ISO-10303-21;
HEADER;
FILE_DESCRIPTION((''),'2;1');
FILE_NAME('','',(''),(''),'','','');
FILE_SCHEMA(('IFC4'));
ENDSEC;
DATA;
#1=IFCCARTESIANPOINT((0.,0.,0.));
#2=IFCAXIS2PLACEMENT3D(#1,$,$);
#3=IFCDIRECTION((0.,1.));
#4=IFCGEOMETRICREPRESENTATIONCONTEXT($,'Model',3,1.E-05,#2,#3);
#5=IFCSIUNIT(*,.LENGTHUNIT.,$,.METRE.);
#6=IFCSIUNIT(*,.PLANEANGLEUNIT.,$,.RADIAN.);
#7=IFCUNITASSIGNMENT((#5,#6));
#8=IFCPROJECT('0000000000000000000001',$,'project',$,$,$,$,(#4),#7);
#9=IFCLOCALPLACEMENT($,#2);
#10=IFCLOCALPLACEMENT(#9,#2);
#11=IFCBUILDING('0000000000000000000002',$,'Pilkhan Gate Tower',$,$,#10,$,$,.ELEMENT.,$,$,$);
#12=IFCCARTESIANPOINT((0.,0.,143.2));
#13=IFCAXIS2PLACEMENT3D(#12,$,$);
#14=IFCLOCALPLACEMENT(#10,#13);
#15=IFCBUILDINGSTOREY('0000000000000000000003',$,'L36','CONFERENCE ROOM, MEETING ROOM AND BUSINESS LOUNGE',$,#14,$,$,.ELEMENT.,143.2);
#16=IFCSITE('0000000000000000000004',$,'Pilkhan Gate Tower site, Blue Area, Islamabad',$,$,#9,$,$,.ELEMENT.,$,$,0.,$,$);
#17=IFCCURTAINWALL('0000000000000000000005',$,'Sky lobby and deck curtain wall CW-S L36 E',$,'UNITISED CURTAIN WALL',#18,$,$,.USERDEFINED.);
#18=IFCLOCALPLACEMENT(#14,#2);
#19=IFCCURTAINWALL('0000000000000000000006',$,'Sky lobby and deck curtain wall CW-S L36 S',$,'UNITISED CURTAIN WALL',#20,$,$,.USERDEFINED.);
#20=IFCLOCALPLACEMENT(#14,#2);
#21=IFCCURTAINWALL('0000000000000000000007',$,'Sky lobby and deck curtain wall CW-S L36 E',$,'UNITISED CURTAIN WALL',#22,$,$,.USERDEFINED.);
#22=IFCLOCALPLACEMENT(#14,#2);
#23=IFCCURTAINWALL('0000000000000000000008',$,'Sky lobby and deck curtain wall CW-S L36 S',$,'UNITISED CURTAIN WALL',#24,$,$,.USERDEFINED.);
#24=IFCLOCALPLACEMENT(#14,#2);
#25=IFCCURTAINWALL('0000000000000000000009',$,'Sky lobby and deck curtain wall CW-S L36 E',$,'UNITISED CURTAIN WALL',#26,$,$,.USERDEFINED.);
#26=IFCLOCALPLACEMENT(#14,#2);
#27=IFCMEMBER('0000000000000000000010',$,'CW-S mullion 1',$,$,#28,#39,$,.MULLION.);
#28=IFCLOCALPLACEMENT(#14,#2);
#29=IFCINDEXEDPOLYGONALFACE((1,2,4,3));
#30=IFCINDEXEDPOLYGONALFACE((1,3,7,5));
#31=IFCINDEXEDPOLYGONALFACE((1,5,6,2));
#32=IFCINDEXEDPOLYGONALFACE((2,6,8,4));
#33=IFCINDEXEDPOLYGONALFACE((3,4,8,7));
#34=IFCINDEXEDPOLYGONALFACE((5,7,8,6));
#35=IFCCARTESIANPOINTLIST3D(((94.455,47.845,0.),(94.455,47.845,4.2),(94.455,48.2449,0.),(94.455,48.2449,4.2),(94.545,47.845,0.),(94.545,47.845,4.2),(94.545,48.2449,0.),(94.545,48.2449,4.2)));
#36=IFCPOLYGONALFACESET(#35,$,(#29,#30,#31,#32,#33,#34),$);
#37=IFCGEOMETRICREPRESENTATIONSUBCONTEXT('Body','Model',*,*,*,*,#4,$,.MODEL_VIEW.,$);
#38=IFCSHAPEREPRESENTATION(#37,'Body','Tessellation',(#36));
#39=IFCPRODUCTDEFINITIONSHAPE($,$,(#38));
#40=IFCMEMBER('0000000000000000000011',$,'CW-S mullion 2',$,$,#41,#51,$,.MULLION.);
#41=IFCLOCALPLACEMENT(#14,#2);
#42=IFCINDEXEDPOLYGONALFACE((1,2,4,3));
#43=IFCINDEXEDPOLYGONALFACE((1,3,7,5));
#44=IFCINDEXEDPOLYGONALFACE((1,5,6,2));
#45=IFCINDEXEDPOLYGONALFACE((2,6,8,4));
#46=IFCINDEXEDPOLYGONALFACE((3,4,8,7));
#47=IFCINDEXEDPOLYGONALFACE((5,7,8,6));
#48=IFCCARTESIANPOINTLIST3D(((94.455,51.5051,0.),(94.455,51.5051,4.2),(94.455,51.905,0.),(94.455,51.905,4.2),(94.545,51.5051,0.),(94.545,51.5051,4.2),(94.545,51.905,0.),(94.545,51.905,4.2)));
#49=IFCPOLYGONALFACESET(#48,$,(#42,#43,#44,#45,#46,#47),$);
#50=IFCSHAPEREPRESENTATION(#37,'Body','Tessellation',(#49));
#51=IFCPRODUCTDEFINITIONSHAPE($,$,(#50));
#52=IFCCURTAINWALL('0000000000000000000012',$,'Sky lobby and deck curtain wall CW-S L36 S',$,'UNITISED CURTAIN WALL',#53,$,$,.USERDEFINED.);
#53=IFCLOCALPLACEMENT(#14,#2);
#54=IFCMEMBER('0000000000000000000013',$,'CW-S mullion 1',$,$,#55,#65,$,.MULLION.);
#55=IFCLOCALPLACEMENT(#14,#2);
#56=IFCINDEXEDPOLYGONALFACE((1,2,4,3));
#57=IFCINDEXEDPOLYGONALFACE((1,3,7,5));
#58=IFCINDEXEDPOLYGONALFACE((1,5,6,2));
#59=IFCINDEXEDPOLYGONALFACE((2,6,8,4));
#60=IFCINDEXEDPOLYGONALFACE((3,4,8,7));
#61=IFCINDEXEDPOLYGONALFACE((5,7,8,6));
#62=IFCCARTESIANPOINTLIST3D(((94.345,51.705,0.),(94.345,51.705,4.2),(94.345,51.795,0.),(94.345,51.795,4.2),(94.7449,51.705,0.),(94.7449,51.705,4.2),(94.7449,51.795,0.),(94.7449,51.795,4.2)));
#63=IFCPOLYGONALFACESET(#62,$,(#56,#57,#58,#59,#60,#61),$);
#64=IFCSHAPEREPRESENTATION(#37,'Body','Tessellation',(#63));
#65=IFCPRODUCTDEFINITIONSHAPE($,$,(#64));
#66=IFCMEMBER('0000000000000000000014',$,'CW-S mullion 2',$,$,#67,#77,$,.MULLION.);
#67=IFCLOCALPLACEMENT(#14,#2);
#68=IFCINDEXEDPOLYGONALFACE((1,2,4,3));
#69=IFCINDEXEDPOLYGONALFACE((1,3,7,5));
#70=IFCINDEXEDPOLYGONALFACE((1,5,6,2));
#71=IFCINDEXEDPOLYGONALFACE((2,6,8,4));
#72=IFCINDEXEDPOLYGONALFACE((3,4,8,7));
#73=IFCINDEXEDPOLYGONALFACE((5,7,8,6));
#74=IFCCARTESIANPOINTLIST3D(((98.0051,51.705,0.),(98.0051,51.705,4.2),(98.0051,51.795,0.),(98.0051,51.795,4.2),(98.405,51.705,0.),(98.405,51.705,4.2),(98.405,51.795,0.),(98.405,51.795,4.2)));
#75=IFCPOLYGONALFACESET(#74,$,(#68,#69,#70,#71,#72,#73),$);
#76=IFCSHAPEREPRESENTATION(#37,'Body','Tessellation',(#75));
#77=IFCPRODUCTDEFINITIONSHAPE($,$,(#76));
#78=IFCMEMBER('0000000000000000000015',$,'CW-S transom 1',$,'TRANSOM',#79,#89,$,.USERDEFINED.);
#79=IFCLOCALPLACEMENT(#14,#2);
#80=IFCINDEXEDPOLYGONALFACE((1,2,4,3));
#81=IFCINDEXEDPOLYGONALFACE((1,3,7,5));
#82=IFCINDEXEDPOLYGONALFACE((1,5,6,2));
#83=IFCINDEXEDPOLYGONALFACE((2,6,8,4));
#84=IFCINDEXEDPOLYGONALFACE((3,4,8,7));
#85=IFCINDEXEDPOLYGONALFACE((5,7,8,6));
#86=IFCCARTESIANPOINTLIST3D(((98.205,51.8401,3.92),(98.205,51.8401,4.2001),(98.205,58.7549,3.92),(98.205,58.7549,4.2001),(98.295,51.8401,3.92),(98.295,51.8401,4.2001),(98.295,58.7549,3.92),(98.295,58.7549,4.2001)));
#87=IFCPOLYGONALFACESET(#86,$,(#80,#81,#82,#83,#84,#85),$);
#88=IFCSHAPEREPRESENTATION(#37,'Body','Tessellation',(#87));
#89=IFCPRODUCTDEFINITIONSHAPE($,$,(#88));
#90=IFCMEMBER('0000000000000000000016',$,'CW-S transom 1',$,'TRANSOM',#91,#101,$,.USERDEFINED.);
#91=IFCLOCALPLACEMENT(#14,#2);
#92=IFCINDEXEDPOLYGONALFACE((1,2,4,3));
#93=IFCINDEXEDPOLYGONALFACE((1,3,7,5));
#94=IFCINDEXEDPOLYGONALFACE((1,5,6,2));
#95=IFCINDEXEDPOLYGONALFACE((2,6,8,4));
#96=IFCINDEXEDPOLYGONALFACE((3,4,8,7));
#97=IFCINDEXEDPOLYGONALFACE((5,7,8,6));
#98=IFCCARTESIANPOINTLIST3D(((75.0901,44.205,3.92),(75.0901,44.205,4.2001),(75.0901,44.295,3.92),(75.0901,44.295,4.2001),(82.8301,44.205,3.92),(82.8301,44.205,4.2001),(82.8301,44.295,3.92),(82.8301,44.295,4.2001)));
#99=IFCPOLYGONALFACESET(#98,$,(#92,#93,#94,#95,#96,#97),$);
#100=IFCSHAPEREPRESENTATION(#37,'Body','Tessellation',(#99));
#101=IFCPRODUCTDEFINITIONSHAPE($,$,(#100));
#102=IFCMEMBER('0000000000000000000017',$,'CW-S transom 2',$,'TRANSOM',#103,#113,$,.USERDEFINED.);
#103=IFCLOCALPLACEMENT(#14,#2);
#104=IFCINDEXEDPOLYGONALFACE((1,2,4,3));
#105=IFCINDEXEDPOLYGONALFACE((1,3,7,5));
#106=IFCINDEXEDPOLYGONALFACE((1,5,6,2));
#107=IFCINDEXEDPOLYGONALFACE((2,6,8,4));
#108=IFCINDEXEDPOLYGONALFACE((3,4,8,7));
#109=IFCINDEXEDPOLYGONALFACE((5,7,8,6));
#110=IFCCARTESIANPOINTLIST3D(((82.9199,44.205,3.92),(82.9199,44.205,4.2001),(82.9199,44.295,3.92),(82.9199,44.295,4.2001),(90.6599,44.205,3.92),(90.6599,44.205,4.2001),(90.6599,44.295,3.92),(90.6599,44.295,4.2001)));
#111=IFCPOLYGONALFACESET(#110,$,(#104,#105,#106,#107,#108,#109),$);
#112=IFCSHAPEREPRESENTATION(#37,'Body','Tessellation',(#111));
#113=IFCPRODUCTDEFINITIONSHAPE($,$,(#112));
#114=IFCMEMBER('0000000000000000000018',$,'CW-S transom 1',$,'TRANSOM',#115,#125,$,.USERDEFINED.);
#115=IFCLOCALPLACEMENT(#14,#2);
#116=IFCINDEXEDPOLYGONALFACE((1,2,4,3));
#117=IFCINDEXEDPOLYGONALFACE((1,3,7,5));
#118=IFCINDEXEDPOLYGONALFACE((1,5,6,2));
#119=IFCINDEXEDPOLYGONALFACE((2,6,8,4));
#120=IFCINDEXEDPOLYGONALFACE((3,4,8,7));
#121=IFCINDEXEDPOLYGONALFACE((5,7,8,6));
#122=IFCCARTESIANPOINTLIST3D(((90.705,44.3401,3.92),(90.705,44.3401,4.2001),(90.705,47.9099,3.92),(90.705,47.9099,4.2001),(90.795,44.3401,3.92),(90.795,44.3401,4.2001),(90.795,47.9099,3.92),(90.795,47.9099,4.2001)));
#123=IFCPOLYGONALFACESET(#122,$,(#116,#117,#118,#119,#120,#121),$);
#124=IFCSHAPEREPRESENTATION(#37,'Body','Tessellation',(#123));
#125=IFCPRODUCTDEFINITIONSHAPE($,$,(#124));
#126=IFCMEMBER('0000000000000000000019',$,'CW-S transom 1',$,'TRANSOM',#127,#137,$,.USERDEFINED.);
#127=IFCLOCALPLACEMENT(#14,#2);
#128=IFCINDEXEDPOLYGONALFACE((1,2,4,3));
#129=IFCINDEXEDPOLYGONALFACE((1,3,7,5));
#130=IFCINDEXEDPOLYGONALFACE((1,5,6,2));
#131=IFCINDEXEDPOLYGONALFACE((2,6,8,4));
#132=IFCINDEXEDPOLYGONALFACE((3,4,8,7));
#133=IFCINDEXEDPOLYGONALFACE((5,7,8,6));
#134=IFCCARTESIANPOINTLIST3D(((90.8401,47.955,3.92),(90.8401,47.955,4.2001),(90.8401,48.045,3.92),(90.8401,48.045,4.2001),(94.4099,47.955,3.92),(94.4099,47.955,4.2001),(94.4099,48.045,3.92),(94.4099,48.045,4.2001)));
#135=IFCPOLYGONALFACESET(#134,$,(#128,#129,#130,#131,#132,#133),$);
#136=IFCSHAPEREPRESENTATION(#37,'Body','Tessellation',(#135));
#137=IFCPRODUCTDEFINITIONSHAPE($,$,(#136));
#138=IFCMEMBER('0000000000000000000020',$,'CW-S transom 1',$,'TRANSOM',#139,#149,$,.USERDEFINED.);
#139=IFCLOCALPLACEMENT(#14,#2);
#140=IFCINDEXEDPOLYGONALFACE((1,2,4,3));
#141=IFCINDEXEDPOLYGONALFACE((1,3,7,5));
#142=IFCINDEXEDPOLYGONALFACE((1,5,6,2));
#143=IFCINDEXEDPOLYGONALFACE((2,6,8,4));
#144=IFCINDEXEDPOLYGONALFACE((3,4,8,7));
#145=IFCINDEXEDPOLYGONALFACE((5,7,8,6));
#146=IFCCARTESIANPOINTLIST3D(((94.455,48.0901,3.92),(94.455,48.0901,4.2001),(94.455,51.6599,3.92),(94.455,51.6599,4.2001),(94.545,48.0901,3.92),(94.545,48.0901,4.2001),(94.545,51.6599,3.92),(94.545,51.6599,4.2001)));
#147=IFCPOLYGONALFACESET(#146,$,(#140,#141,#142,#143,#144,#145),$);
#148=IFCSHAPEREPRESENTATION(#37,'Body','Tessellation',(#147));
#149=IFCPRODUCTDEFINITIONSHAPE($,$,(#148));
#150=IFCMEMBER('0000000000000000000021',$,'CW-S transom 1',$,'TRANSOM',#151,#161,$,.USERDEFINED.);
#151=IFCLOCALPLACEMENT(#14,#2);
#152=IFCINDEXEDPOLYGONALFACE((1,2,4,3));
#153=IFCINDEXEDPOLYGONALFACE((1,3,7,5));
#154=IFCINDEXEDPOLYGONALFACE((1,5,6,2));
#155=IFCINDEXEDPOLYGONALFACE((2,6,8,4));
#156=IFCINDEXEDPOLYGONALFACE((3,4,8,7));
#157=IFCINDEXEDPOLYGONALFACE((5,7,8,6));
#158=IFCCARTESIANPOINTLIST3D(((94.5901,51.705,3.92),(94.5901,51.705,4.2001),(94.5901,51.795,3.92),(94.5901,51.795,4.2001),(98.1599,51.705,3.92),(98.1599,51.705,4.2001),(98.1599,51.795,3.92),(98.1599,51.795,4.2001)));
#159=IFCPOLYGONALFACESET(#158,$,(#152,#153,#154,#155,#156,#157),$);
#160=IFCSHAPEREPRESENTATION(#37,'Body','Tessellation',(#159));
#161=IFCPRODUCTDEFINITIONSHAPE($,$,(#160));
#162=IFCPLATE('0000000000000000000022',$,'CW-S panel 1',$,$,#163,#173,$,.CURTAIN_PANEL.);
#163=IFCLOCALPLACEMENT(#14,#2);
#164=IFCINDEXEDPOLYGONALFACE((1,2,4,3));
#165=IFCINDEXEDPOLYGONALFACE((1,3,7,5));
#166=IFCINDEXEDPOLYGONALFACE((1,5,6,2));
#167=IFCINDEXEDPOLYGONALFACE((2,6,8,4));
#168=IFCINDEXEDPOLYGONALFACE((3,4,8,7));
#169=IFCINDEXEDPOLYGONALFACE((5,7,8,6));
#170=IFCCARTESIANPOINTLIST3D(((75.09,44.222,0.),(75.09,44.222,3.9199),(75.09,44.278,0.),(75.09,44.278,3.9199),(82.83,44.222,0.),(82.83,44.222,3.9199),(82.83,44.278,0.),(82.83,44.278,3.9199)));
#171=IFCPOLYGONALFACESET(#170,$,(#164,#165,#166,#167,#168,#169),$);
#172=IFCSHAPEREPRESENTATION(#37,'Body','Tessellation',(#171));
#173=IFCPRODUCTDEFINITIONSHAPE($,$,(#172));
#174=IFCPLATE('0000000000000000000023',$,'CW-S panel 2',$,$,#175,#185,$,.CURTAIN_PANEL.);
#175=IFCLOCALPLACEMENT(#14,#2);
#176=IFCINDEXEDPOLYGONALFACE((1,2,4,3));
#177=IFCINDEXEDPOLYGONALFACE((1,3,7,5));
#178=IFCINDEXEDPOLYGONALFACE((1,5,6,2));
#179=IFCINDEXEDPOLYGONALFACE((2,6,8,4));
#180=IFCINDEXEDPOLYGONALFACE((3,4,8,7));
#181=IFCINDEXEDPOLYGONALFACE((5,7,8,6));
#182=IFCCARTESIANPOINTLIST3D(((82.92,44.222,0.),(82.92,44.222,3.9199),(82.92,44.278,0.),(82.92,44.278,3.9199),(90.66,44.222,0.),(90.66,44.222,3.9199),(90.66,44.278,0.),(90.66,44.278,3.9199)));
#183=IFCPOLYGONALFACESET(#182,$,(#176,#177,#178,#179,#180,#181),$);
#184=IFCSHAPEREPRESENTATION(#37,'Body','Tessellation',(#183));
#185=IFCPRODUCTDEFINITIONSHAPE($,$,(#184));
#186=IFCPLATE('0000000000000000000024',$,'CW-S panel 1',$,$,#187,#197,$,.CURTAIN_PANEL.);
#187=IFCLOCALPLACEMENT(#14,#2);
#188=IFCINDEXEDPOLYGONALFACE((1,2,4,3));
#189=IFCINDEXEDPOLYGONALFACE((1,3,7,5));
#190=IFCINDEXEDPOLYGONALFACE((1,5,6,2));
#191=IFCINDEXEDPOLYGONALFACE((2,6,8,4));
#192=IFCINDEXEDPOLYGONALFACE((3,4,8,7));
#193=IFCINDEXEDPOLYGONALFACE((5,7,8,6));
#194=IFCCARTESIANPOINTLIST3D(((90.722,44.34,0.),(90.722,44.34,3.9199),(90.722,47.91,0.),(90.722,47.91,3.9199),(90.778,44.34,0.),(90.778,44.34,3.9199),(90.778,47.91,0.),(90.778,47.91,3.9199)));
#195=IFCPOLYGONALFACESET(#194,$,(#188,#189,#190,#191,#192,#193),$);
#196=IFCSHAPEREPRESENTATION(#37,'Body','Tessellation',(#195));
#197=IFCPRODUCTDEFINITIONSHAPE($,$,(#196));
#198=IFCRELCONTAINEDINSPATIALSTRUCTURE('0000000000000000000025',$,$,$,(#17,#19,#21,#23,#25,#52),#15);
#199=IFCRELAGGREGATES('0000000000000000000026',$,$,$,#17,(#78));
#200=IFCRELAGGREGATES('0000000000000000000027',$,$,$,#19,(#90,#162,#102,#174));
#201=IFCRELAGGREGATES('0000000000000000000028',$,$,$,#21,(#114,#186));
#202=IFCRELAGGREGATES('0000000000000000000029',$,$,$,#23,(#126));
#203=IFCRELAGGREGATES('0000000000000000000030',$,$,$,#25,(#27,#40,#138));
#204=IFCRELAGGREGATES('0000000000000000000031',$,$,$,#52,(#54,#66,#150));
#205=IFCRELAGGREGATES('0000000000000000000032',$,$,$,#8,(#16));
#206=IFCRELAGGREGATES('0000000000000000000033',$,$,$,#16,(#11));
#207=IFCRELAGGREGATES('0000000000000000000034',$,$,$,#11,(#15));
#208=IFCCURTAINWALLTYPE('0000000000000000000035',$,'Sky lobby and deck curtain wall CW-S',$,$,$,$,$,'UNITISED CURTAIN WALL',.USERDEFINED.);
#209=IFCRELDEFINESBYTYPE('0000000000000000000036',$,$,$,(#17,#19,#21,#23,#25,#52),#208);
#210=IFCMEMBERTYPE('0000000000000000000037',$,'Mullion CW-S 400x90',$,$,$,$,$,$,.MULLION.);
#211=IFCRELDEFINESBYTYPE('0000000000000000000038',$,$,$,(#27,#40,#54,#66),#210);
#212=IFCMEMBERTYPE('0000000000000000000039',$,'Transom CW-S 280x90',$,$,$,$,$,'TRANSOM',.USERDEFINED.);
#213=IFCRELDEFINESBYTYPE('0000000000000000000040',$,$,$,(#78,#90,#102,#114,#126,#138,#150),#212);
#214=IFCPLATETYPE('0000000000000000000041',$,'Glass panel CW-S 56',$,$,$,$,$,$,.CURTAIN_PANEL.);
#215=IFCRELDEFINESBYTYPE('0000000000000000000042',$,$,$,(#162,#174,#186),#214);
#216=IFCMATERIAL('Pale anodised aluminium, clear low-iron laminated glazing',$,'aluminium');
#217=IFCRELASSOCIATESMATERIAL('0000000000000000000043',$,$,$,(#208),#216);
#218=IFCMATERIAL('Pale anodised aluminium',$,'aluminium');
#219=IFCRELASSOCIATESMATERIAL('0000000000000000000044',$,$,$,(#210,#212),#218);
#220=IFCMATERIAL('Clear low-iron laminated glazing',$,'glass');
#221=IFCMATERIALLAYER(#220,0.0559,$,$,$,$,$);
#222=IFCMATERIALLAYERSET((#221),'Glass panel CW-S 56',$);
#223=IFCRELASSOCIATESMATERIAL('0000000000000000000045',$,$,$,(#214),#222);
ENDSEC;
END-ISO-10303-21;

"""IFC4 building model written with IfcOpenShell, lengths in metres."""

from ifc_helpers import new_model, si_unit, direction, frame, origin, origin_2d, place, context, subcontext, project, spatial, rectangle, extrude, material, layer, layer_set, material_profile, profile_set, type_object, element, aggregate, save


model = new_model("IFC4")

# Units and contexts
model_context = context("Model", 3, precision=1e-05, world=origin(), true_north=direction((0.0, 1.0)))
body_context = subcontext(model_context, "Body", "Model", "MODEL_VIEW")
ifc_project = project(units=[si_unit("LENGTHUNIT", "METRE"), si_unit("PLANEANGLEUNIT", "RADIAN")], contexts=[model_context])

# Site, building, storey
site_placement = place(None, origin())
site = spatial("IfcSite", under=ifc_project, at=site_placement, Name="Pilkhan Gate Tower site, Blue Area, Islamabad", CompositionType="ELEMENT", RefElevation=0.0)
building_placement = place(site_placement, origin())
building = spatial("IfcBuilding", under=site, at=building_placement, Name="Pilkhan Gate Tower", CompositionType="ELEMENT")
storey_placement = place(building_placement, frame((0.0, 0.0, 143.2)))
storey = spatial("IfcBuildingStorey", under=building, at=storey_placement, Name="L36", Description="CONFERENCE ROOM, MEETING ROOM AND BUSINESS LOUNGE", CompositionType="ELEMENT", Elevation=143.2)

# Curtain wall
ifc_material_1 = material(Name="Pale anodised aluminium, clear low-iron laminated glazing", Category="aluminium")
curtain_wall_type = type_object("IfcCurtainWallType", Name="Sky lobby and deck curtain wall CW-S", ElementType="UNITISED CURTAIN WALL", PredefinedType="USERDEFINED", material=ifc_material_1)
curtain_wall_1_placement = place(storey_placement, origin())
curtain_wall_1 = element("IfcCurtainWall", 1, at=curtain_wall_1_placement, inside=storey, type_object=curtain_wall_type, Name="Sky lobby and deck curtain wall CW-S L36 E", ObjectType="UNITISED CURTAIN WALL", PredefinedType="USERDEFINED")
ifc_material_2 = material(Name="Pale anodised aluminium", Category="aluminium")
ifc_material_profile_1 = material_profile(ifc_material_2, rectangle(XDim=0.0901, YDim=0.3999, at=origin_2d()), Name="Mullion 400x90")
ifc_profile_set_1 = profile_set([ifc_material_profile_1], Name="Pale anodised aluminium")
member_type_1 = type_object("IfcMemberType", Name="Mullion CW-S 400x90", PredefinedType="MULLION", material=ifc_profile_set_1)

# Curtain walls, members
curtain_wall_2_placement = place(storey_placement, origin())
curtain_wall_2 = element("IfcCurtainWall", 2, at=curtain_wall_2_placement, inside=storey, type_object=curtain_wall_type, Name="Sky lobby and deck curtain wall CW-S L36 S", ObjectType="UNITISED CURTAIN WALL", PredefinedType="USERDEFINED")
curtain_wall_3_placement = place(storey_placement, origin())
curtain_wall_3 = element("IfcCurtainWall", 3, at=curtain_wall_3_placement, inside=storey, type_object=curtain_wall_type, Name="Sky lobby and deck curtain wall CW-S L36 E", ObjectType="UNITISED CURTAIN WALL", PredefinedType="USERDEFINED")
curtain_wall_4_placement = place(storey_placement, origin())
curtain_wall_4 = element("IfcCurtainWall", 4, at=curtain_wall_4_placement, inside=storey, type_object=curtain_wall_type, Name="Sky lobby and deck curtain wall CW-S L36 S", ObjectType="UNITISED CURTAIN WALL", PredefinedType="USERDEFINED")
curtain_wall_5_placement = place(storey_placement, origin())
curtain_wall_5 = element("IfcCurtainWall", 5, at=curtain_wall_5_placement, inside=storey, type_object=curtain_wall_type, Name="Sky lobby and deck curtain wall CW-S L36 E", ObjectType="UNITISED CURTAIN WALL", PredefinedType="USERDEFINED")
member_1_placement = place(storey_placement, frame((94.5, 48.0449, 0.0), z_axis=(0.0, 0.0, 1.0), x_axis=(-1.0, 0.0, 0.0)))
member_1 = element("IfcMember", 6, at=member_1_placement, type_object=member_type_1, Name="CW-S mullion 1", PredefinedType="MULLION", context=body_context, shape_type="SweptSolid", body=[
    extrude(rectangle(XDim=0.0901, YDim=0.3999, at=origin_2d()), origin(), (0.0, 0.0, 1.0), 4.2),
])
member_2_placement = place(storey_placement, frame((94.5, 51.7051, 0.0), z_axis=(0.0, 0.0, 1.0), x_axis=(-1.0, 0.0, 0.0)))
member_2 = element("IfcMember", 7, at=member_2_placement, type_object=member_type_1, Name="CW-S mullion 2", PredefinedType="MULLION", context=body_context, shape_type="SweptSolid", body=[
    extrude(rectangle(XDim=0.0901, YDim=0.3999, at=origin_2d()), origin(), (0.0, 0.0, 1.0), 4.2),
])
curtain_wall_6_placement = place(storey_placement, origin())
curtain_wall_6 = element("IfcCurtainWall", 8, at=curtain_wall_6_placement, inside=storey, type_object=curtain_wall_type, Name="Sky lobby and deck curtain wall CW-S L36 S", ObjectType="UNITISED CURTAIN WALL", PredefinedType="USERDEFINED")
member_3_placement = place(storey_placement, frame((94.5449, 51.75, 0.0), z_axis=(0.0, 0.0, 1.0), x_axis=(0.0, 1.0, 0.0)))
member_3 = element("IfcMember", 9, at=member_3_placement, type_object=member_type_1, Name="CW-S mullion 1", PredefinedType="MULLION", context=body_context, shape_type="SweptSolid", body=[
    extrude(rectangle(XDim=0.0901, YDim=0.3999, at=origin_2d()), origin(), (0.0, 0.0, 1.0), 4.2),
])
member_4_placement = place(storey_placement, frame((98.2051, 51.75, 0.0), z_axis=(0.0, 0.0, 1.0), x_axis=(0.0, 1.0, 0.0)))
member_4 = element("IfcMember", 10, at=member_4_placement, type_object=member_type_1, Name="CW-S mullion 2", PredefinedType="MULLION", context=body_context, shape_type="SweptSolid", body=[
    extrude(rectangle(XDim=0.0901, YDim=0.3999, at=origin_2d()), origin(), (0.0, 0.0, 1.0), 4.2),
])

# Members
ifc_material_profile_2 = material_profile(ifc_material_2, rectangle(XDim=0.0901, YDim=0.28, at=origin_2d()), Name="Transom 280x90")
ifc_profile_set_2 = profile_set([ifc_material_profile_2], Name="Pale anodised aluminium")
member_type_2 = type_object("IfcMemberType", Name="Transom CW-S 280x90", ElementType="TRANSOM", PredefinedType="USERDEFINED", material=ifc_profile_set_2)
member_5_placement = place(storey_placement, frame((98.25, 51.8401, 4.0601), z_axis=(0.0, 1.0, 0.0), x_axis=(-1.0, 0.0, 0.0)))
member_5 = element("IfcMember", 11, at=member_5_placement, type_object=member_type_2, Name="CW-S transom 1", ObjectType="TRANSOM", PredefinedType="USERDEFINED", context=body_context, shape_type="SweptSolid", body=[
    extrude(rectangle(XDim=0.0901, YDim=0.28, at=origin_2d()), origin(), (0.0, 0.0, 1.0), 6.9148),
])
aggregate(curtain_wall_1, [member_5])
member_6_placement = place(storey_placement, frame((75.0901, 44.25, 4.0601), z_axis=(1.0, 0.0, 0.0), x_axis=(0.0, 1.0, 0.0)))
member_6 = element("IfcMember", 12, at=member_6_placement, type_object=member_type_2, Name="CW-S transom 1", ObjectType="TRANSOM", PredefinedType="USERDEFINED", context=body_context, shape_type="SweptSolid", body=[
    extrude(rectangle(XDim=0.0901, YDim=0.28, at=origin_2d()), origin(), (0.0, 0.0, 1.0), 7.74),
])
member_7_placement = place(storey_placement, frame((82.9199, 44.25, 4.0601), z_axis=(1.0, 0.0, 0.0), x_axis=(0.0, 1.0, 0.0)))
member_7 = element("IfcMember", 13, at=member_7_placement, type_object=member_type_2, Name="CW-S transom 2", ObjectType="TRANSOM", PredefinedType="USERDEFINED", context=body_context, shape_type="SweptSolid", body=[
    extrude(rectangle(XDim=0.0901, YDim=0.28, at=origin_2d()), origin(), (0.0, 0.0, 1.0), 7.74),
])
member_8_placement = place(storey_placement, frame((90.75, 44.3401, 4.0601), z_axis=(0.0, 1.0, 0.0), x_axis=(-1.0, 0.0, 0.0)))
member_8 = element("IfcMember", 14, at=member_8_placement, type_object=member_type_2, Name="CW-S transom 1", ObjectType="TRANSOM", PredefinedType="USERDEFINED", context=body_context, shape_type="SweptSolid", body=[
    extrude(rectangle(XDim=0.0901, YDim=0.28, at=origin_2d()), origin(), (0.0, 0.0, 1.0), 3.5698),
])
member_9_placement = place(storey_placement, frame((90.8401, 48.0, 4.0601), z_axis=(1.0, 0.0, 0.0), x_axis=(0.0, 1.0, 0.0)))
member_9 = element("IfcMember", 15, at=member_9_placement, type_object=member_type_2, Name="CW-S transom 1", ObjectType="TRANSOM", PredefinedType="USERDEFINED", context=body_context, shape_type="SweptSolid", body=[
    extrude(rectangle(XDim=0.0901, YDim=0.28, at=origin_2d()), origin(), (0.0, 0.0, 1.0), 3.5698),
])
member_10_placement = place(storey_placement, frame((94.5, 48.0901, 4.0601), z_axis=(0.0, 1.0, 0.0), x_axis=(-1.0, 0.0, 0.0)))
member_10 = element("IfcMember", 16, at=member_10_placement, type_object=member_type_2, Name="CW-S transom 1", ObjectType="TRANSOM", PredefinedType="USERDEFINED", context=body_context, shape_type="SweptSolid", body=[
    extrude(rectangle(XDim=0.0901, YDim=0.28, at=origin_2d()), origin(), (0.0, 0.0, 1.0), 3.5698),
])
member_11_placement = place(storey_placement, frame((94.5901, 51.75, 4.0601), z_axis=(1.0, 0.0, 0.0), x_axis=(0.0, 1.0, 0.0)))
member_11 = element("IfcMember", 17, at=member_11_placement, type_object=member_type_2, Name="CW-S transom 1", ObjectType="TRANSOM", PredefinedType="USERDEFINED", context=body_context, shape_type="SweptSolid", body=[
    extrude(rectangle(XDim=0.0901, YDim=0.28, at=origin_2d()), origin(), (0.0, 0.0, 1.0), 3.5698),
])

# Plates
ifc_material_3 = material(Name="Clear low-iron laminated glazing", Category="glass")
ifc_layer_1 = layer(ifc_material_3, 0.0559)
ifc_layer_set_1 = layer_set([ifc_layer_1], Name="Glass panel CW-S 56")
plate_type = type_object("IfcPlateType", Name="Glass panel CW-S 56", PredefinedType="CURTAIN_PANEL", material=ifc_layer_set_1)
plate_1_placement = place(storey_placement, frame((78.96, 44.25, 0.0), z_axis=(0.0, 0.0, 1.0), x_axis=(1.0, 0.0, 0.0)))
plate_1 = element("IfcPlate", 18, at=plate_1_placement, type_object=plate_type, Name="CW-S panel 1", PredefinedType="CURTAIN_PANEL", context=body_context, shape_type="SweptSolid", body=[
    extrude(rectangle(XDim=7.74, YDim=0.0559, at=origin_2d()), origin(), (0.0, 0.0, 1.0), 3.9199),
])
plate_2_placement = place(storey_placement, frame((86.79, 44.25, 0.0), z_axis=(0.0, 0.0, 1.0), x_axis=(1.0, 0.0, 0.0)))
plate_2 = element("IfcPlate", 19, at=plate_2_placement, type_object=plate_type, Name="CW-S panel 2", PredefinedType="CURTAIN_PANEL", context=body_context, shape_type="SweptSolid", body=[
    extrude(rectangle(XDim=7.74, YDim=0.0559, at=origin_2d()), origin(), (0.0, 0.0, 1.0), 3.9199),
])
aggregate(curtain_wall_2, [member_6, plate_1, member_7, plate_2])
plate_3_placement = place(storey_placement, frame((90.75, 46.125, 0.0), z_axis=(0.0, 0.0, 1.0), x_axis=(0.0, 1.0, 0.0)))
plate_3 = element("IfcPlate", 20, at=plate_3_placement, type_object=plate_type, Name="CW-S panel 1", PredefinedType="CURTAIN_PANEL", context=body_context, shape_type="SweptSolid", body=[
    extrude(rectangle(XDim=3.5701, YDim=0.0559, at=origin_2d()), origin(), (0.0, 0.0, 1.0), 3.9199),
])
aggregate(curtain_wall_3, [member_8, plate_3])
aggregate(curtain_wall_4, [member_9])
aggregate(curtain_wall_5, [member_1, member_2, member_10])
aggregate(curtain_wall_6, [member_3, member_4, member_11])

save(model, "model.ifc")
